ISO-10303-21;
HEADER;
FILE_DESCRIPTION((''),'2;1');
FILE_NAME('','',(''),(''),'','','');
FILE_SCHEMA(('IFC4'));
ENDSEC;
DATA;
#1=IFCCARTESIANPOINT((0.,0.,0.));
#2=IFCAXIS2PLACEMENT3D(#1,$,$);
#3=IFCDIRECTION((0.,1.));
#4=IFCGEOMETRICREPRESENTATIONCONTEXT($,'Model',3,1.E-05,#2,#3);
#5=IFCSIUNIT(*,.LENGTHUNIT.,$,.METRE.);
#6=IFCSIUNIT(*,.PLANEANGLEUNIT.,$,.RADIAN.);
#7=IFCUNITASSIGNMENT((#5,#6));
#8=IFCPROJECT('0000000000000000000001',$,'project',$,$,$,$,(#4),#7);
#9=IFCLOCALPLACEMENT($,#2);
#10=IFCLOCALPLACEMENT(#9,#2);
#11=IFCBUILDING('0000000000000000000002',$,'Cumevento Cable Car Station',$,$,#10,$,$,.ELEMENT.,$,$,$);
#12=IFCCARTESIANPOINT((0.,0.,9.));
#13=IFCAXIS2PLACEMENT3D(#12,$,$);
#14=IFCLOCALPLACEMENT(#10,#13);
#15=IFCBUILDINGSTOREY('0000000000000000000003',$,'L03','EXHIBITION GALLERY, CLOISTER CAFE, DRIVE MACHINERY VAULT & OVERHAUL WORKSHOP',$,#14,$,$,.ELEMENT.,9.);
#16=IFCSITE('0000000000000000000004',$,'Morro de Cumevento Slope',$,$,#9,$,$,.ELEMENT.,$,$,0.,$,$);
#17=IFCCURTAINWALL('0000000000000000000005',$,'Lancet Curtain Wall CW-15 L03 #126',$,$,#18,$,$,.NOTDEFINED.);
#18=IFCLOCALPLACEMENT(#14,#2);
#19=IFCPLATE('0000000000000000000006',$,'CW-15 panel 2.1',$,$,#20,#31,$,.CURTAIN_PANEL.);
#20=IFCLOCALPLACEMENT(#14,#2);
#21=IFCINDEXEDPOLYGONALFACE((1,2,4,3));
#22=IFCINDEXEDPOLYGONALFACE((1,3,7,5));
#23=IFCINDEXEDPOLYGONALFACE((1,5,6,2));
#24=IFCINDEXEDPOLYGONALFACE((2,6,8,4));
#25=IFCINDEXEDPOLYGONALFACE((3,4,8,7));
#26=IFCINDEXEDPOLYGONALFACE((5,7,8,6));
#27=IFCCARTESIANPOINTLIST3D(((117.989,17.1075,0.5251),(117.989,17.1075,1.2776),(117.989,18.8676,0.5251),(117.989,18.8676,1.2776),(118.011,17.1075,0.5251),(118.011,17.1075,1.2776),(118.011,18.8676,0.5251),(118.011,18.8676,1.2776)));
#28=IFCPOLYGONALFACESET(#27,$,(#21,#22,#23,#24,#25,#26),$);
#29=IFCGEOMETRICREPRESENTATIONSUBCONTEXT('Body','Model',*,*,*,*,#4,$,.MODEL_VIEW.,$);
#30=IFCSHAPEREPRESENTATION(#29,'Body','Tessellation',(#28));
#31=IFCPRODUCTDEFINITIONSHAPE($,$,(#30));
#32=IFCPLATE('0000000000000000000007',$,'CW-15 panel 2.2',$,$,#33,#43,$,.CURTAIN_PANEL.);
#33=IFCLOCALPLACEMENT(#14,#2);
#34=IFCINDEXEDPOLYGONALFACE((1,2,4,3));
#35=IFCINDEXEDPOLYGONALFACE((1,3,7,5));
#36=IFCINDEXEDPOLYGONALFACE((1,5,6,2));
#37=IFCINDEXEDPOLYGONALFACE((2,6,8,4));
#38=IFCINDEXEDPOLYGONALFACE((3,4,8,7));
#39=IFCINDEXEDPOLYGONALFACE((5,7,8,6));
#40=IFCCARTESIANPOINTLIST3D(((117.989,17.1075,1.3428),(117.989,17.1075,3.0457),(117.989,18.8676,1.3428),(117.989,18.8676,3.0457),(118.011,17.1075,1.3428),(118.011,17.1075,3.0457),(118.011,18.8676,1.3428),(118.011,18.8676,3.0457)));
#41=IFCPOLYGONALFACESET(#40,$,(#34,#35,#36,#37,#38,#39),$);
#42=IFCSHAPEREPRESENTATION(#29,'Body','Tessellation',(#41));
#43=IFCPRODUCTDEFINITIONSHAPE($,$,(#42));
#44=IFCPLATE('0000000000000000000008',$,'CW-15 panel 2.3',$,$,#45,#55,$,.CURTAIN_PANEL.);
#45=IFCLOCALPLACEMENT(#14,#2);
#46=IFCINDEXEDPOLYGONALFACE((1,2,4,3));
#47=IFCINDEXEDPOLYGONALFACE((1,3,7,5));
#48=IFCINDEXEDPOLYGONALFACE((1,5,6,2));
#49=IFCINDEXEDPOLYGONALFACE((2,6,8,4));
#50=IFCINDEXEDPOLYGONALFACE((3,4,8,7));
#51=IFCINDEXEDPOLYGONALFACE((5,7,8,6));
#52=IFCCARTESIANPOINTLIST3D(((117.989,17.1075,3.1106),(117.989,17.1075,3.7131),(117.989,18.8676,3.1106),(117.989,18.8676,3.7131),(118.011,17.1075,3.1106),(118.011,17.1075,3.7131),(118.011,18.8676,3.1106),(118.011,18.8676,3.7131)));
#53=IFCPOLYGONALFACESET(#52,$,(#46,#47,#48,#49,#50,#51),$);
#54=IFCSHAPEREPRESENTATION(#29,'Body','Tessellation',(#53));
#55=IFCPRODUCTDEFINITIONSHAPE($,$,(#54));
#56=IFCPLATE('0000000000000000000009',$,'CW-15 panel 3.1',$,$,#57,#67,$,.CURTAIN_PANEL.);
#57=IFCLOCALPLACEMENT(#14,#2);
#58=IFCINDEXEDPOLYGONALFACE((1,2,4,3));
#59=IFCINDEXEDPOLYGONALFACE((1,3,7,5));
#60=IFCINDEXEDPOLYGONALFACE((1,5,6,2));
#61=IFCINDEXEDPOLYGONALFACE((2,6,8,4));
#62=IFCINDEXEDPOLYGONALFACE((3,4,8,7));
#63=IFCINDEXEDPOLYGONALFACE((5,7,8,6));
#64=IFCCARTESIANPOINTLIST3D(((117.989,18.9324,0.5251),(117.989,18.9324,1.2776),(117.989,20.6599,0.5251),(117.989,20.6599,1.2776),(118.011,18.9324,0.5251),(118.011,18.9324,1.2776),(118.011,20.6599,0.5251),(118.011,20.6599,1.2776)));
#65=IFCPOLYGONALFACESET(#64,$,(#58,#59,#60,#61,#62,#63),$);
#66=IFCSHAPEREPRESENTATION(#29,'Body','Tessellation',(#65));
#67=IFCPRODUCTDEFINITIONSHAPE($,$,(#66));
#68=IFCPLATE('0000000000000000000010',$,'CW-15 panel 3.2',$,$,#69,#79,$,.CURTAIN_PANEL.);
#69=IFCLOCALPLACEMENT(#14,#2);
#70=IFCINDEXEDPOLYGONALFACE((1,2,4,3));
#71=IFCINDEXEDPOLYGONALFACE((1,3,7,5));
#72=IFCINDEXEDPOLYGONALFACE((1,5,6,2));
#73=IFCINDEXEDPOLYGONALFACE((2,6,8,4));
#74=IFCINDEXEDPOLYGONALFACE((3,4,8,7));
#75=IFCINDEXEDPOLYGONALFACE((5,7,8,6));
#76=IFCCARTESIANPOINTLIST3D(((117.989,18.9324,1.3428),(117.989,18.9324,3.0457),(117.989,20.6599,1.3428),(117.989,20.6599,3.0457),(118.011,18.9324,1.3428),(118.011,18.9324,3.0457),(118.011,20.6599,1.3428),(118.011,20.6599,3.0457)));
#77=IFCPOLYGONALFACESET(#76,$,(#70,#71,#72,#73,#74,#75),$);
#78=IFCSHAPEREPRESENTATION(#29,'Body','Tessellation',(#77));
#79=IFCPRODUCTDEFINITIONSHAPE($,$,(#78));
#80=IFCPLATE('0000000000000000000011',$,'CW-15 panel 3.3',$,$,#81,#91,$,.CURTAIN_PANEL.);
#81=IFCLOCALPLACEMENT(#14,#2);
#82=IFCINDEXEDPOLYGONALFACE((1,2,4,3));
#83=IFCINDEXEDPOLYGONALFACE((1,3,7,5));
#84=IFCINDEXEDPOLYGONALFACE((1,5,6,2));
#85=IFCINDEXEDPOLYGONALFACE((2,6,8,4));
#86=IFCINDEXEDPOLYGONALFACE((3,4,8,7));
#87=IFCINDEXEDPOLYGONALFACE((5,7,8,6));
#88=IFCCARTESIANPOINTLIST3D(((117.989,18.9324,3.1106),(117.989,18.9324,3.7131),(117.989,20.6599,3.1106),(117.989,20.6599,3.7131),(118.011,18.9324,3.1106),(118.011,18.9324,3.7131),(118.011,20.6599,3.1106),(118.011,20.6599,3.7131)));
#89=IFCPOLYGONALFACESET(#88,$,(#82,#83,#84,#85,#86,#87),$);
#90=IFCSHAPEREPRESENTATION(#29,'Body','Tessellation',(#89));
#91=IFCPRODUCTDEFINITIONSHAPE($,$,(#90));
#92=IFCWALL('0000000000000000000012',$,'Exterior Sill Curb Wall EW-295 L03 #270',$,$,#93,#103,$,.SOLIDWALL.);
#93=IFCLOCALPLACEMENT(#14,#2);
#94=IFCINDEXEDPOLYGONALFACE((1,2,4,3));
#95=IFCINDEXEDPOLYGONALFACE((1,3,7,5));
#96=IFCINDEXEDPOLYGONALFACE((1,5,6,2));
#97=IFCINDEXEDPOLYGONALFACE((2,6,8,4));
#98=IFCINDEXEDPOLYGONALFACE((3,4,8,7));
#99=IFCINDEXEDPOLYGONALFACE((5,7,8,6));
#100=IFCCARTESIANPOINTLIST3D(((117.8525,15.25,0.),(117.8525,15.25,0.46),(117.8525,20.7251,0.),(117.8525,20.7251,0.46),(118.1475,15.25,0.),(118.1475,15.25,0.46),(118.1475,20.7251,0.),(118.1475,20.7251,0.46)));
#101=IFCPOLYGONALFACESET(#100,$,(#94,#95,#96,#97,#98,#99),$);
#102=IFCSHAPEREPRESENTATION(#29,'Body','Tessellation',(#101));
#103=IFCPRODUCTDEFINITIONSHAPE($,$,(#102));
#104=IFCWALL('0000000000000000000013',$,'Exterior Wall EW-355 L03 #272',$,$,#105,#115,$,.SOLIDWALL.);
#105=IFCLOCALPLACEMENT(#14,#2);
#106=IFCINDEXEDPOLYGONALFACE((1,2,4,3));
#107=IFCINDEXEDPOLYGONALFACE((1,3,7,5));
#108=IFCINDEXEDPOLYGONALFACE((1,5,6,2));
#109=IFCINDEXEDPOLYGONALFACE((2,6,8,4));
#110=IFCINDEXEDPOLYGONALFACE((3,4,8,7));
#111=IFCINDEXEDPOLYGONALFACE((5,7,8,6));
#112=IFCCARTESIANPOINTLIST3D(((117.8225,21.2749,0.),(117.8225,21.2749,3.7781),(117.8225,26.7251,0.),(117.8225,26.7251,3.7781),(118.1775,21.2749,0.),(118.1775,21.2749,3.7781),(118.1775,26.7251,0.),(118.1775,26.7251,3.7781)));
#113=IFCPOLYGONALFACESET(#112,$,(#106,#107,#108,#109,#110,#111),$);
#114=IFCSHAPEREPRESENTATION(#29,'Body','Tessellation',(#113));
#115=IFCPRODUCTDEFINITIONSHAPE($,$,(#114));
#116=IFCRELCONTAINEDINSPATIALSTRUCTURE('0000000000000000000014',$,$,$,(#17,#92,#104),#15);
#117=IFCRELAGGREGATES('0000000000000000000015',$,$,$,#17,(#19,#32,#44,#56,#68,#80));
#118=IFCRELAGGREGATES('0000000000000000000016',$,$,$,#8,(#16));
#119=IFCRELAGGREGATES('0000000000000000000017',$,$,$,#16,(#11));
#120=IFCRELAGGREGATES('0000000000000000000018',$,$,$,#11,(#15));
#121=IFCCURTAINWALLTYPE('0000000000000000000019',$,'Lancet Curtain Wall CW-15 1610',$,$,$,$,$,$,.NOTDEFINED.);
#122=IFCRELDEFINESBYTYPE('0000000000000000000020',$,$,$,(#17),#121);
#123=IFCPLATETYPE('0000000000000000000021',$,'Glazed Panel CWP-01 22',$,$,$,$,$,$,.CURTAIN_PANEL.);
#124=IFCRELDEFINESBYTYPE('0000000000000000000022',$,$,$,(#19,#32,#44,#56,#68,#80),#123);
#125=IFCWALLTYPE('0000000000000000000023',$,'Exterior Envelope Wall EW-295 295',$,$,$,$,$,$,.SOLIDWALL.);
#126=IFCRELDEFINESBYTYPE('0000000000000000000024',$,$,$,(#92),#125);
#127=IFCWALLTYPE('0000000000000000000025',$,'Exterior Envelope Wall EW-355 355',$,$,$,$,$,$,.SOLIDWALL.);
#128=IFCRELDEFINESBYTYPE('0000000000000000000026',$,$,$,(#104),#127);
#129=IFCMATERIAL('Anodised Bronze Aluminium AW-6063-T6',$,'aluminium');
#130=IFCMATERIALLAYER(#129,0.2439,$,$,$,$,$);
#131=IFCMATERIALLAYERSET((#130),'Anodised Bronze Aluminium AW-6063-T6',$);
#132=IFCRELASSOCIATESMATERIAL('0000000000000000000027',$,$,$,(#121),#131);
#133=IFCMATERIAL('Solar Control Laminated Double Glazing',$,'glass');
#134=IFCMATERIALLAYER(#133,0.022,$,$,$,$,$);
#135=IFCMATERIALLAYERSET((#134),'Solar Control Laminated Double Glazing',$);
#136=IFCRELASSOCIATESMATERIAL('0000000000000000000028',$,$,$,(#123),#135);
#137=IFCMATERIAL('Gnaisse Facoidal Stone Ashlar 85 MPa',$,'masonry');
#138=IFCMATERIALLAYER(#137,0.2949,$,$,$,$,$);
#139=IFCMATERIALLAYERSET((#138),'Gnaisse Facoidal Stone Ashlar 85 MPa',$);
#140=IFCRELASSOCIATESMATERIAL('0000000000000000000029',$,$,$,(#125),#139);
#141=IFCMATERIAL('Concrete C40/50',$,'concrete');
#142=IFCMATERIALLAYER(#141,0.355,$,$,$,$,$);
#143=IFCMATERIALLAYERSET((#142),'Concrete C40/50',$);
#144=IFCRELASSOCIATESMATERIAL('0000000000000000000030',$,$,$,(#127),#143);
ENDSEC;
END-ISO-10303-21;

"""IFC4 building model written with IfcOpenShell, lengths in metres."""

from ifc_helpers import new_model, si_unit, direction, frame, frame_2d, origin, origin_2d, place, context, subcontext, project, spatial, rectangle, extrude, material, layer, layer_set, type_object, element, aggregate, save


model = new_model("IFC4")

# Units and contexts
model_context = context("Model", 3, precision=1e-05, world=origin(), true_north=direction((0.0, 1.0)))
body_context = subcontext(model_context, "Body", "Model", "MODEL_VIEW")
ifc_project = project(units=[si_unit("LENGTHUNIT", "METRE"), si_unit("PLANEANGLEUNIT", "RADIAN")], contexts=[model_context])

# Site, building, storey
site_placement = place(None, origin())
site = spatial("IfcSite", under=ifc_project, at=site_placement, Name="Morro de Cumevento Slope", CompositionType="ELEMENT", RefElevation=0.0)
building_placement = place(site_placement, origin())
building = spatial("IfcBuilding", under=site, at=building_placement, Name="Cumevento Cable Car Station", CompositionType="ELEMENT")
storey_placement = place(building_placement, frame((0.0, 0.0, 9.0)))
storey = spatial("IfcBuildingStorey", under=building, at=storey_placement, Name="L03", Description="EXHIBITION GALLERY, CLOISTER CAFE, DRIVE MACHINERY VAULT & OVERHAUL WORKSHOP", CompositionType="ELEMENT", Elevation=9.0)

# Curtain wall
ifc_material_1 = material(Name="Anodised Bronze Aluminium AW-6063-T6", Category="aluminium")
ifc_layer_1 = layer(ifc_material_1, 0.2439)
ifc_layer_set_1 = layer_set([ifc_layer_1], Name="Anodised Bronze Aluminium AW-6063-T6")
curtain_wall_type = type_object("IfcCurtainWallType", Name="Lancet Curtain Wall CW-15 1610", PredefinedType="NOTDEFINED", material=ifc_layer_set_1)
curtain_wall_placement = place(storey_placement, origin())
curtain_wall = element("IfcCurtainWall", 1, at=curtain_wall_placement, inside=storey, type_object=curtain_wall_type, Name="Lancet Curtain Wall CW-15 L03 #126", PredefinedType="NOTDEFINED")

# Plates
ifc_material_2 = material(Name="Solar Control Laminated Double Glazing", Category="glass")
ifc_layer_2 = layer(ifc_material_2, 0.022)
ifc_layer_set_2 = layer_set([ifc_layer_2], Name="Solar Control Laminated Double Glazing")
plate_type = type_object("IfcPlateType", Name="Glazed Panel CWP-01 22", PredefinedType="CURTAIN_PANEL", material=ifc_layer_set_2)
plate_1_placement = place(storey_placement, frame((118.0, 17.9875, 0.5251), z_axis=(0.0, 0.0, 1.0), x_axis=(0.0, 1.0, 0.0)))
plate_1 = element("IfcPlate", 2, at=plate_1_placement, type_object=plate_type, Name="CW-15 panel 2.1", PredefinedType="CURTAIN_PANEL", context=body_context, shape_type="SweptSolid", body=[
    extrude(rectangle(XDim=1.76, YDim=0.022, at=origin_2d()), origin(), (0.0, 0.0, 1.0), 0.7524),
])
plate_2_placement = place(storey_placement, frame((118.0, 17.9875, 1.3428), z_axis=(0.0, 0.0, 1.0), x_axis=(0.0, 1.0, 0.0)))
plate_2 = element("IfcPlate", 3, at=plate_2_placement, type_object=plate_type, Name="CW-15 panel 2.2", PredefinedType="CURTAIN_PANEL", context=body_context, shape_type="SweptSolid", body=[
    extrude(rectangle(XDim=1.76, YDim=0.022, at=origin_2d()), origin(), (0.0, 0.0, 1.0), 1.7029),
])
plate_3_placement = place(storey_placement, frame((118.0, 17.9875, 3.1106), z_axis=(0.0, 0.0, 1.0), x_axis=(0.0, 1.0, 0.0)))
plate_3 = element("IfcPlate", 4, at=plate_3_placement, type_object=plate_type, Name="CW-15 panel 2.3", PredefinedType="CURTAIN_PANEL", context=body_context, shape_type="SweptSolid", body=[
    extrude(rectangle(XDim=1.76, YDim=0.022, at=origin_2d()), origin(), (0.0, 0.0, 1.0), 0.6025),
])
plate_4_placement = place(storey_placement, frame((118.0, 19.7961, 0.5251), z_axis=(0.0, 0.0, 1.0), x_axis=(0.0, 1.0, 0.0)))
plate_4 = element("IfcPlate", 5, at=plate_4_placement, type_object=plate_type, Name="CW-15 panel 3.1", PredefinedType="CURTAIN_PANEL", context=body_context, shape_type="SweptSolid", body=[
    extrude(rectangle(XDim=1.7275, YDim=0.022, at=origin_2d()), origin(), (0.0, 0.0, 1.0), 0.7524),
])
plate_5_placement = place(storey_placement, frame((118.0, 19.7961, 1.3428), z_axis=(0.0, 0.0, 1.0), x_axis=(0.0, 1.0, 0.0)))
plate_5 = element("IfcPlate", 6, at=plate_5_placement, type_object=plate_type, Name="CW-15 panel 3.2", PredefinedType="CURTAIN_PANEL", context=body_context, shape_type="SweptSolid", body=[
    extrude(rectangle(XDim=1.7275, YDim=0.022, at=origin_2d()), origin(), (0.0, 0.0, 1.0), 1.7029),
])
plate_6_placement = place(storey_placement, frame((118.0, 19.7961, 3.1106), z_axis=(0.0, 0.0, 1.0), x_axis=(0.0, 1.0, 0.0)))
plate_6 = element("IfcPlate", 7, at=plate_6_placement, type_object=plate_type, Name="CW-15 panel 3.3", PredefinedType="CURTAIN_PANEL", context=body_context, shape_type="SweptSolid", body=[
    extrude(rectangle(XDim=1.7275, YDim=0.022, at=origin_2d()), origin(), (0.0, 0.0, 1.0), 0.6025),
])
aggregate(curtain_wall, [plate_1, plate_2, plate_3, plate_4, plate_5, plate_6])

# Walls
ifc_material_3 = material(Name="Gnaisse Facoidal Stone Ashlar 85 MPa", Category="masonry")
ifc_layer_3 = layer(ifc_material_3, 0.2949)
ifc_layer_set_3 = layer_set([ifc_layer_3], Name="Gnaisse Facoidal Stone Ashlar 85 MPa")
wall_type_1 = type_object("IfcWallType", Name="Exterior Envelope Wall EW-295 295", PredefinedType="SOLIDWALL", material=ifc_layer_set_3)
wall_1_placement = place(storey_placement, frame((118.0, 15.25, 0.0), z_axis=(0.0, 0.0, 1.0), x_axis=(0.0, 1.0, 0.0)))
element("IfcWall", 8, at=wall_1_placement, inside=storey, type_object=wall_type_1, Name="Exterior Sill Curb Wall EW-295 L03 #270", PredefinedType="SOLIDWALL", context=body_context, shape_type="SweptSolid", body=[
    extrude(rectangle(XDim=5.4751, YDim=0.2949, at=frame_2d((2.7375, 0.0))), origin(), (0.0, 0.0, 1.0), 0.46),
])
ifc_material_4 = material(Name="Concrete C40/50", Category="concrete")
ifc_layer_4 = layer(ifc_material_4, 0.355)
ifc_layer_set_4 = layer_set([ifc_layer_4], Name="Concrete C40/50")
wall_type_2 = type_object("IfcWallType", Name="Exterior Envelope Wall EW-355 355", PredefinedType="SOLIDWALL", material=ifc_layer_set_4)
wall_2_placement = place(storey_placement, frame((118.0, 21.2749, 0.0), z_axis=(0.0, 0.0, 1.0), x_axis=(0.0, 1.0, 0.0)))
element("IfcWall", 9, at=wall_2_placement, inside=storey, type_object=wall_type_2, Name="Exterior Wall EW-355 L03 #272", PredefinedType="SOLIDWALL", context=body_context, shape_type="SweptSolid", body=[
    extrude(rectangle(XDim=5.4502, YDim=0.355, at=frame_2d((2.7251, 0.0))), origin(), (0.0, 0.0, 1.0), 3.7781),
])

save(model, "model.ifc")
